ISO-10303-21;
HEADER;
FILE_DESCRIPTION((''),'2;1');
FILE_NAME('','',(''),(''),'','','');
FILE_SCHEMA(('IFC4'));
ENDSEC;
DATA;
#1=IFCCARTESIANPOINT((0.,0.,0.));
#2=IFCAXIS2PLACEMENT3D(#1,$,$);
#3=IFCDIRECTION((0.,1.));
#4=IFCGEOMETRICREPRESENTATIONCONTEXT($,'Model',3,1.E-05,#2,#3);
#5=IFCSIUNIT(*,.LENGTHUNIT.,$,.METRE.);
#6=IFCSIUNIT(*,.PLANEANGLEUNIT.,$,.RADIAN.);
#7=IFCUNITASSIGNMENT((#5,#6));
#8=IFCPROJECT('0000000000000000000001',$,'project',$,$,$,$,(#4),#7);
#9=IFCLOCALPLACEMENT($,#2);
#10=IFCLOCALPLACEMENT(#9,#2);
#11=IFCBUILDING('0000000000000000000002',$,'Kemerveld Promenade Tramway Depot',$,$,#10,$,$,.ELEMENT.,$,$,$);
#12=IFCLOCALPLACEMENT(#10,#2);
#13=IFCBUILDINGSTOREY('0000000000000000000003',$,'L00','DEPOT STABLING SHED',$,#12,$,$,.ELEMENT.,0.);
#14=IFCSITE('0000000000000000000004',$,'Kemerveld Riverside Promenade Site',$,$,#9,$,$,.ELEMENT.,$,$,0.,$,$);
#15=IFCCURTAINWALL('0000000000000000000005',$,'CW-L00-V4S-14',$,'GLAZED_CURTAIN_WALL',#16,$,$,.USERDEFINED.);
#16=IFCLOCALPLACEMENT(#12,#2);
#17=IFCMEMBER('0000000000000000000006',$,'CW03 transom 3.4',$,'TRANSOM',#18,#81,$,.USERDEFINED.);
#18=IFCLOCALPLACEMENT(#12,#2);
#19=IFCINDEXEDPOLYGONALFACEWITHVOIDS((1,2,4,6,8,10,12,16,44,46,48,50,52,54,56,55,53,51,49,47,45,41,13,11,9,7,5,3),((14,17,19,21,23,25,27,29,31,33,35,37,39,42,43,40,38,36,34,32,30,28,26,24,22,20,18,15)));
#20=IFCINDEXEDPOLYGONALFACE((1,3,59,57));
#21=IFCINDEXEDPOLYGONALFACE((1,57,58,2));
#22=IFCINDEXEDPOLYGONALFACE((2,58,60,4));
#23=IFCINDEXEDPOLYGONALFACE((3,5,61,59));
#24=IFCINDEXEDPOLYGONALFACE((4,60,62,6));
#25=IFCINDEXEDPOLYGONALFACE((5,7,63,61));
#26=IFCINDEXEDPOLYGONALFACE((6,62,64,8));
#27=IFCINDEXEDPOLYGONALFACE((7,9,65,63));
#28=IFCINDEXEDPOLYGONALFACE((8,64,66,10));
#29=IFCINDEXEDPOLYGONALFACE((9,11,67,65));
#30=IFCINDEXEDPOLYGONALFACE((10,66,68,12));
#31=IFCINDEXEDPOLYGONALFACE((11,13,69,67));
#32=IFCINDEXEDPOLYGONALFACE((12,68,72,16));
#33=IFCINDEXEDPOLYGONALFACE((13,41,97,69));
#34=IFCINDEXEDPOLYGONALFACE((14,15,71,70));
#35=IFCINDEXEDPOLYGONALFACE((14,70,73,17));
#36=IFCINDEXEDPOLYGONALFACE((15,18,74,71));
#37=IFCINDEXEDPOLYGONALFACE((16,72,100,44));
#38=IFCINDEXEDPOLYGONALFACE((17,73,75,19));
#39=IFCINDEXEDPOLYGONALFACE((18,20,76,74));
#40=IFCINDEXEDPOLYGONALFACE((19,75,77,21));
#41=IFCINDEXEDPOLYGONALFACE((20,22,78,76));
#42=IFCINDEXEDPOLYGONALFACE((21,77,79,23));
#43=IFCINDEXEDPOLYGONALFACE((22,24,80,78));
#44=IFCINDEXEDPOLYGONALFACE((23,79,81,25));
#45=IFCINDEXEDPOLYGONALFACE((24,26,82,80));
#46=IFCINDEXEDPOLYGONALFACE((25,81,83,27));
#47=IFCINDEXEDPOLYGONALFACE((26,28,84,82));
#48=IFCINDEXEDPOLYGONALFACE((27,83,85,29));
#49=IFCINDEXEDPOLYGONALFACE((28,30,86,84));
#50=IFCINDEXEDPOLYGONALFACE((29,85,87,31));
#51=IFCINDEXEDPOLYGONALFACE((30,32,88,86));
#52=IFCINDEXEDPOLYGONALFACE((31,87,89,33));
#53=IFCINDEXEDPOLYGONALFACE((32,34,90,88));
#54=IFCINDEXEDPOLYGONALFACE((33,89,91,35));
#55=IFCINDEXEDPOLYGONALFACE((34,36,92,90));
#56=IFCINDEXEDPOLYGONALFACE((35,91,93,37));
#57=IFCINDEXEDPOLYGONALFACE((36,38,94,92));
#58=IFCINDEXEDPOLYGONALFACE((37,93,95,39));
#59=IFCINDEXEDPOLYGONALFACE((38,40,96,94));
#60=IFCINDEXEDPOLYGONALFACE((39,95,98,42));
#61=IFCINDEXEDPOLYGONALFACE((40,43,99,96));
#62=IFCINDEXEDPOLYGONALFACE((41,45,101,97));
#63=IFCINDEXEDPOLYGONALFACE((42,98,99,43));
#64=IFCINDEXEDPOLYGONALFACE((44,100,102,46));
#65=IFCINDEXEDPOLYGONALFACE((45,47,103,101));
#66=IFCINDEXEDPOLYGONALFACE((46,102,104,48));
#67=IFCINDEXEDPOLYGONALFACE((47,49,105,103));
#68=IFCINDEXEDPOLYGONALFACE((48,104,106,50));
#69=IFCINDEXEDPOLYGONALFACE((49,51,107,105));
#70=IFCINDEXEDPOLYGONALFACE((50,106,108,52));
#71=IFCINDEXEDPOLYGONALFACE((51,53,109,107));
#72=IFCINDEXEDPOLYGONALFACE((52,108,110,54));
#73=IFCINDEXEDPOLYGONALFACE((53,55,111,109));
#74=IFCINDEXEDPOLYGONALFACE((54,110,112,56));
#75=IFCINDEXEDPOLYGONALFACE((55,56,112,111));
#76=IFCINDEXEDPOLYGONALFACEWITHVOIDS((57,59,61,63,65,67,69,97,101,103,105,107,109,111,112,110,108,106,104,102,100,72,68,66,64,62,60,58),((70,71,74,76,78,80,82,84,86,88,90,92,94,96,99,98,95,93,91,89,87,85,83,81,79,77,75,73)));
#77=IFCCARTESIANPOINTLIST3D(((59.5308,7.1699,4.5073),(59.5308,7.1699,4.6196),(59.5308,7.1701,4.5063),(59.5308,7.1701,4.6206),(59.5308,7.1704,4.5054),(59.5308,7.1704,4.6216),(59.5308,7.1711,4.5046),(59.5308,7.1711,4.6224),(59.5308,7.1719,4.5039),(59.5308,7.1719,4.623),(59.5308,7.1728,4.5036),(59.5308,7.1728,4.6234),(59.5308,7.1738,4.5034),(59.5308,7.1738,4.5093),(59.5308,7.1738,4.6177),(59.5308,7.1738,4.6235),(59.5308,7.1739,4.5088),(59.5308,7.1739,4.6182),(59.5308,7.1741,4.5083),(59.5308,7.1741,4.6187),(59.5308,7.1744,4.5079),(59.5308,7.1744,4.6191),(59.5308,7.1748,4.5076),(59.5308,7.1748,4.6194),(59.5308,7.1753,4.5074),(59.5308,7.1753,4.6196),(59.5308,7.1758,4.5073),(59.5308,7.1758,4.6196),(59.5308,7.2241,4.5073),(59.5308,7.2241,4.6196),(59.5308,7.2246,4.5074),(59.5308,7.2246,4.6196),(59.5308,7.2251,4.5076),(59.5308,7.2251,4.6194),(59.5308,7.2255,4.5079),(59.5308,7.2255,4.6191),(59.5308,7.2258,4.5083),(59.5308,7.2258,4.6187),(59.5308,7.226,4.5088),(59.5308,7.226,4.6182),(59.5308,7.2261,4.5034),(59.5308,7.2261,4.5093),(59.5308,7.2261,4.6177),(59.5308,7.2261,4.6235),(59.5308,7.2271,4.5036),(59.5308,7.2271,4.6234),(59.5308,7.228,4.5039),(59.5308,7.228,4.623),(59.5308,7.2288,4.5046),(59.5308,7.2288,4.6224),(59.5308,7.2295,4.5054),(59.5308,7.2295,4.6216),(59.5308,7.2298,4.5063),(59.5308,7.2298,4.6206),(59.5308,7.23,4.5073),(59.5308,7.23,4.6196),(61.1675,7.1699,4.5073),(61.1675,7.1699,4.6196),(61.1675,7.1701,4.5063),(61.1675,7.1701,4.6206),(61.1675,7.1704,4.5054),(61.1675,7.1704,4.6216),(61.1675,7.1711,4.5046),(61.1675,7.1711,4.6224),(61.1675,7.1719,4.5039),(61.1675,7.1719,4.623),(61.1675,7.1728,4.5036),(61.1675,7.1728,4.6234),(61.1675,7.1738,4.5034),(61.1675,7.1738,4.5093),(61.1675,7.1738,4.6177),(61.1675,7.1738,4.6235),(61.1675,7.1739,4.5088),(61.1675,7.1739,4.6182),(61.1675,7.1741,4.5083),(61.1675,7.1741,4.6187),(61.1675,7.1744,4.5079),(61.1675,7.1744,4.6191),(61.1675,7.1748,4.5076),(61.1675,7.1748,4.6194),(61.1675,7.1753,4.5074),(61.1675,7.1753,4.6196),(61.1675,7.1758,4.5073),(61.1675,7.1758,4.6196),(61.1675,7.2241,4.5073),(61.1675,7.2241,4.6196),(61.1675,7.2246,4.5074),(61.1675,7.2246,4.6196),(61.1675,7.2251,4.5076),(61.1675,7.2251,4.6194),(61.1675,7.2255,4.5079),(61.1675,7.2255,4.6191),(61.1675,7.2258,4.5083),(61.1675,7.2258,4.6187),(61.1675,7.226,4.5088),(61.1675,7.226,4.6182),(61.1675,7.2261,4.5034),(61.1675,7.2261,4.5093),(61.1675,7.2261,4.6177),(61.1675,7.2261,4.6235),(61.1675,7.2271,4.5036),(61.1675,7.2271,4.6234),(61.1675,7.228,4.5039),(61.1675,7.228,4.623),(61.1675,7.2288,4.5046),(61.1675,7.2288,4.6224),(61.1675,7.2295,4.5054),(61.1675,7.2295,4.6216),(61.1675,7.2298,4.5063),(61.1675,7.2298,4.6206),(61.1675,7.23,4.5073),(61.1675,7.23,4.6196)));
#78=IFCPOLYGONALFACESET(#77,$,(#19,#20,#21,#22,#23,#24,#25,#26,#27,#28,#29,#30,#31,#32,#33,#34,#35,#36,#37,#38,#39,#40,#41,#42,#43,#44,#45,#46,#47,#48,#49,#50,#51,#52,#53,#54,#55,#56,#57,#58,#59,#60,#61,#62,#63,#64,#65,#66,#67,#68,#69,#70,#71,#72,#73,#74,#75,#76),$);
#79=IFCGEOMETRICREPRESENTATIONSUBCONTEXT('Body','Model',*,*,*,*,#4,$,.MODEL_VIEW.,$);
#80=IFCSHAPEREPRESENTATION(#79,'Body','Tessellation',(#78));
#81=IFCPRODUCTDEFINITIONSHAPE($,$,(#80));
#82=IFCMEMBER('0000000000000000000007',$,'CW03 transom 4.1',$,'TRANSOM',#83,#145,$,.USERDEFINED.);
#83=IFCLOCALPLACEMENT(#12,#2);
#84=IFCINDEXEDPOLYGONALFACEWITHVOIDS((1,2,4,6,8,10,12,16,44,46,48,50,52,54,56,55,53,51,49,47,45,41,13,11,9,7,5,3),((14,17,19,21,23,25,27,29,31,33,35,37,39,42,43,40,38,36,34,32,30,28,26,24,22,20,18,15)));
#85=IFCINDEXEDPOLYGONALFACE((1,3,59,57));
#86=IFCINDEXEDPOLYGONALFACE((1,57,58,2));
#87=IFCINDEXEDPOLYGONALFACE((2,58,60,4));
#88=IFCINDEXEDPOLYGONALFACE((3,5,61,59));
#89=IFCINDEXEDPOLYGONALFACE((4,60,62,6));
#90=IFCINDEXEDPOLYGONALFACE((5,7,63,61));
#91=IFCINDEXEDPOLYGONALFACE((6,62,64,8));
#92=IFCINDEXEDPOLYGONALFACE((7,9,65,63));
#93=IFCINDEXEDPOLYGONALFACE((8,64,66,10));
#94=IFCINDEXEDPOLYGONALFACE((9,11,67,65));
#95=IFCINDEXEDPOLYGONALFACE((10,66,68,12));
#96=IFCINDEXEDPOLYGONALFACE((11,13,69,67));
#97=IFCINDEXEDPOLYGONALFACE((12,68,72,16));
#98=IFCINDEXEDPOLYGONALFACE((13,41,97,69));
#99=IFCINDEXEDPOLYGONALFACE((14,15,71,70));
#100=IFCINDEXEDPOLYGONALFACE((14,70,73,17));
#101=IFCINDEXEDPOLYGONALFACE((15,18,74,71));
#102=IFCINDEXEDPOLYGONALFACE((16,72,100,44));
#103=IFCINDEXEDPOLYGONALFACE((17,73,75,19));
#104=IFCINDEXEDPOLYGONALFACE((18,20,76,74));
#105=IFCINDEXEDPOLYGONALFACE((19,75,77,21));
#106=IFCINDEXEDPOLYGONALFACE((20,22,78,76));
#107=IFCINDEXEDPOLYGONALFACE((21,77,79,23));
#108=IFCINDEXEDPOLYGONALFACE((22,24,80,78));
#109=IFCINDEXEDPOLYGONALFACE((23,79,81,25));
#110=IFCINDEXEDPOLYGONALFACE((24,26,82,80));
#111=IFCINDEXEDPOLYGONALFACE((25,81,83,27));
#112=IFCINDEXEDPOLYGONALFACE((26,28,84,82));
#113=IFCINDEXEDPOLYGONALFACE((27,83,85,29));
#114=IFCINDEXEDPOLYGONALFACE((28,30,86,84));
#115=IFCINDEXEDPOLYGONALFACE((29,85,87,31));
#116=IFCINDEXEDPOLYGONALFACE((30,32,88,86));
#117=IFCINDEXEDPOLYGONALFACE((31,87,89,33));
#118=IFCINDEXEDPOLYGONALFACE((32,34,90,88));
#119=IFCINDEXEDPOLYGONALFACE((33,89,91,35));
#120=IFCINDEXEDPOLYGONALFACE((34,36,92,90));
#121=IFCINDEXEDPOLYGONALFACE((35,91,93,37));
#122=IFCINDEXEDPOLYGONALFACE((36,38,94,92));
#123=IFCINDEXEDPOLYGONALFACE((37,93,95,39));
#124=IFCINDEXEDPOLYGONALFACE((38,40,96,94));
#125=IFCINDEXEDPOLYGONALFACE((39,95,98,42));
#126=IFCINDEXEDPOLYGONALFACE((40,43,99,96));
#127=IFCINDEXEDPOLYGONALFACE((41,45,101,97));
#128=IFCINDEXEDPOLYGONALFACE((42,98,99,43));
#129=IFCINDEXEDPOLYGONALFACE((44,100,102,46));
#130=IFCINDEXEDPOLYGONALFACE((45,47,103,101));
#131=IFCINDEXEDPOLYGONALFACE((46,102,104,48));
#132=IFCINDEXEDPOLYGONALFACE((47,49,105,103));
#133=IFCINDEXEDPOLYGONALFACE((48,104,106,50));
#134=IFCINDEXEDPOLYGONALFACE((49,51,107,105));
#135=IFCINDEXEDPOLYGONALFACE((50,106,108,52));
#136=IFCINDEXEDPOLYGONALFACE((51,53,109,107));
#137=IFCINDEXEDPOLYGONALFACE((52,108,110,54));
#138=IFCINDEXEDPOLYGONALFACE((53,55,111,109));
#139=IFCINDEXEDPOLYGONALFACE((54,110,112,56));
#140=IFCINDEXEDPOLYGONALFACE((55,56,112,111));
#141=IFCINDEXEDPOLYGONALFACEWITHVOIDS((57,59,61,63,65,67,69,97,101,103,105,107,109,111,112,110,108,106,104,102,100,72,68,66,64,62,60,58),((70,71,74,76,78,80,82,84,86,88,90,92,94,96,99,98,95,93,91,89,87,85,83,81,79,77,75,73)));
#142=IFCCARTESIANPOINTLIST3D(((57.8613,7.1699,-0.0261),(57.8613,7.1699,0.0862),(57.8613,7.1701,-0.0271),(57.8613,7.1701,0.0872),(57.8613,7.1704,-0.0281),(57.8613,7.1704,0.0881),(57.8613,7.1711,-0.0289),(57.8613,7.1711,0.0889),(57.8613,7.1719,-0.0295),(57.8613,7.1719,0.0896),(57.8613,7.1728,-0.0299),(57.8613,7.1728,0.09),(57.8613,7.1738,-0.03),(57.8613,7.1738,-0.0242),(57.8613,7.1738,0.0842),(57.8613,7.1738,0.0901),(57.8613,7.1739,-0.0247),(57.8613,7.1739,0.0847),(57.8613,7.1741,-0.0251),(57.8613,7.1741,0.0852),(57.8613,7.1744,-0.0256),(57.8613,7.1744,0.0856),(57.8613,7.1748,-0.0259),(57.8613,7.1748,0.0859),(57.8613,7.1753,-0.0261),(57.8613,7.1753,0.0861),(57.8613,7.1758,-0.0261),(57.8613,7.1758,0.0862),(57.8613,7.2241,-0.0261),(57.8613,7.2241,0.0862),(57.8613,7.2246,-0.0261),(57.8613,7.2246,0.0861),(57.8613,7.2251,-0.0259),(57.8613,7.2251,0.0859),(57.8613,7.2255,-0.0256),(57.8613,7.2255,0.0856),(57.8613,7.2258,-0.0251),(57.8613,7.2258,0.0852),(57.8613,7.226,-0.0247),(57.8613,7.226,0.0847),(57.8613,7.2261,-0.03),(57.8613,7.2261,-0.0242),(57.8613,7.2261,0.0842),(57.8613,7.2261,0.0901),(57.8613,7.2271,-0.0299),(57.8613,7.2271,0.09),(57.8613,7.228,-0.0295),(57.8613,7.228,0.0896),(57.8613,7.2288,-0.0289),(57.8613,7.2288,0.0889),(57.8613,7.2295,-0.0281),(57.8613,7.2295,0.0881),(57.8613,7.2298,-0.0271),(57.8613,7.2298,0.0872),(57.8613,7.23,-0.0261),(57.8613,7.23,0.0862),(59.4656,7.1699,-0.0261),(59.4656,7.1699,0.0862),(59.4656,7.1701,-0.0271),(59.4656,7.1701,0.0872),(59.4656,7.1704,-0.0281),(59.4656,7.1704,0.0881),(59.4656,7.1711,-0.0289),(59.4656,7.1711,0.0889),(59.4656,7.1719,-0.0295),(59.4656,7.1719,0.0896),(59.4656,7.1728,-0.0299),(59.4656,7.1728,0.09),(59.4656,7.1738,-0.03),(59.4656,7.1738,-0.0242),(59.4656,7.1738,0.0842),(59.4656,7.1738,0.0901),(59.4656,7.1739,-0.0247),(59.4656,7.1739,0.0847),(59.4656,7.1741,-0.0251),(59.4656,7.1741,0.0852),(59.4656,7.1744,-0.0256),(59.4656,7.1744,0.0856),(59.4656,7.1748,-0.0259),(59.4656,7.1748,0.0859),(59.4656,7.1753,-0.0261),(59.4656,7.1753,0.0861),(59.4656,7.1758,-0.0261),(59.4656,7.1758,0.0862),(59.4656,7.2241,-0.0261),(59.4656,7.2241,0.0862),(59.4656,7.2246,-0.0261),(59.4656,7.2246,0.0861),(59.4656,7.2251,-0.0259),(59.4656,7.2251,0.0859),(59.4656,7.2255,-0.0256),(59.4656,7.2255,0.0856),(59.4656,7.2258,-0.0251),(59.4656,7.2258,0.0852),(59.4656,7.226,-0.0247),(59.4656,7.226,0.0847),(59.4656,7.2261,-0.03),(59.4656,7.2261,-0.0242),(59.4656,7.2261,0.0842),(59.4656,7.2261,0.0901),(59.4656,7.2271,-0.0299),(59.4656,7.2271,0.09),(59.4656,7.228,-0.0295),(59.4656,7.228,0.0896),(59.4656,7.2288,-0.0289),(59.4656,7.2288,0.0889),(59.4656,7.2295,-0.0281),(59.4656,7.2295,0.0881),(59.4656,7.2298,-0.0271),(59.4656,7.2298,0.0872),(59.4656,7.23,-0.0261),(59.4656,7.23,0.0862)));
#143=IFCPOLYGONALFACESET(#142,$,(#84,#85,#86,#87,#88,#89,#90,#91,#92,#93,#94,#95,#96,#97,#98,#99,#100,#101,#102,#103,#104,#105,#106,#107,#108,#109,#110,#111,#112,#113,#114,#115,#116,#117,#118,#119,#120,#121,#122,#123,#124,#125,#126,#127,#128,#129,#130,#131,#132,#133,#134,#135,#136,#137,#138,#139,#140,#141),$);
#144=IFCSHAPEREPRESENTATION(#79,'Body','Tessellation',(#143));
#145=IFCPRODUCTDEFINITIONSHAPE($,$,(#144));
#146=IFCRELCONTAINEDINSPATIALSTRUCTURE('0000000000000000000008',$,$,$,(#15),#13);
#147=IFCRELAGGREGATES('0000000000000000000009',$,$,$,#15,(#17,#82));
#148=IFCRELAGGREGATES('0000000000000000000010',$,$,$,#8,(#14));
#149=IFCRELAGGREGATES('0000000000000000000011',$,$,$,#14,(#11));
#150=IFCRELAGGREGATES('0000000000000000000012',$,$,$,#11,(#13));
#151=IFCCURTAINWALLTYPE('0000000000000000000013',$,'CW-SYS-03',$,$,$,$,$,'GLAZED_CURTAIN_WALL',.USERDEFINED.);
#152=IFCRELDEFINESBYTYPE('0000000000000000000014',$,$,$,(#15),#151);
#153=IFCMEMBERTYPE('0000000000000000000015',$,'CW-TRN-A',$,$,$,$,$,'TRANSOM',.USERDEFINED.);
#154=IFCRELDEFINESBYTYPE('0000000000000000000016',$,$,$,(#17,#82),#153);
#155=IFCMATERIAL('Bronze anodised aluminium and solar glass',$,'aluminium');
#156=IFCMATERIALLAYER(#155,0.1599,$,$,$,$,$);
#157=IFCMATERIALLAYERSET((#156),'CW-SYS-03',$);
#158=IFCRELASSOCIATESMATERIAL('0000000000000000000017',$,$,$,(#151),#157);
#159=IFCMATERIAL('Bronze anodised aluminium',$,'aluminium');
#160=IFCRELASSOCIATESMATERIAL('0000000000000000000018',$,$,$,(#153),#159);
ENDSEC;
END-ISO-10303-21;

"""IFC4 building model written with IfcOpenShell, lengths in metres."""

from ifc_helpers import new_model, si_unit, direction, frame, origin, origin_2d, place, context, subcontext, project, spatial, hollow_rectangle, extrude, material, layer, layer_set, material_profile, profile_set, type_object, element, aggregate, save


model = new_model("IFC4")

# Units and contexts
model_context = context("Model", 3, precision=1e-05, world=origin(), true_north=direction((0.0, 1.0)))
body_context = subcontext(model_context, "Body", "Model", "MODEL_VIEW")
ifc_project = project(units=[si_unit("LENGTHUNIT", "METRE"), si_unit("PLANEANGLEUNIT", "RADIAN")], contexts=[model_context])

# Site, building, storey
site_placement = place(None, origin())
site = spatial("IfcSite", under=ifc_project, at=site_placement, Name="Kemerveld Riverside Promenade Site", CompositionType="ELEMENT", RefElevation=0.0)
building_placement = place(site_placement, origin())
building = spatial("IfcBuilding", under=site, at=building_placement, Name="Kemerveld Promenade Tramway Depot", CompositionType="ELEMENT")
storey_placement = place(building_placement, origin())
storey = spatial("IfcBuildingStorey", under=building, at=storey_placement, Name="L00", Description="DEPOT STABLING SHED", CompositionType="ELEMENT", Elevation=0.0)

# Curtain wall, members
ifc_material_1 = material(Name="Bronze anodised aluminium and solar glass", Category="aluminium")
ifc_layer_1 = layer(ifc_material_1, 0.1599)
ifc_layer_set_1 = layer_set([ifc_layer_1], Name="CW-SYS-03")
curtain_wall_type = type_object("IfcCurtainWallType", Name="CW-SYS-03", ElementType="GLAZED_CURTAIN_WALL", PredefinedType="USERDEFINED", material=ifc_layer_set_1)
curtain_wall_placement = place(storey_placement, origin())
curtain_wall = element("IfcCurtainWall", 1, at=curtain_wall_placement, inside=storey, type_object=curtain_wall_type, Name="CW-L00-V4S-14", ObjectType="GLAZED_CURTAIN_WALL", PredefinedType="USERDEFINED")
ifc_material_2 = material(Name="Bronze anodised aluminium", Category="aluminium")
ifc_material_profile_1 = material_profile(ifc_material_2, hollow_rectangle(XDim=0.0601, YDim=0.1201, WallThickness=0.0039, InnerFilletRadius=0.002, OuterFilletRadius=0.0039, at=origin_2d()), Name="CW-TRN-120x60")
ifc_profile_set_1 = profile_set([ifc_material_profile_1], Name="Bronze anodised aluminium")
member_type_1 = type_object("IfcMemberType", Name="CW-TRN-A", ElementType="TRANSOM", PredefinedType="USERDEFINED", material=ifc_profile_set_1)
member_1_placement = place(storey_placement, frame((61.1675, 7.2, 4.5635), z_axis=(-1.0, 0.0, 0.0), x_axis=(0.0, -1.0, 0.0)))
member_1 = element("IfcMember", 2, at=member_1_placement, type_object=member_type_1, Name="CW03 transom 3.4", ObjectType="TRANSOM", PredefinedType="USERDEFINED", context=body_context, shape_type="SweptSolid", body=[
    extrude(hollow_rectangle(XDim=0.0601, YDim=0.1201, WallThickness=0.0039, InnerFilletRadius=0.002, OuterFilletRadius=0.0039, at=origin_2d()), origin(), (0.0, 0.0, 1.0), 1.6367),
])
member_2_placement = place(storey_placement, frame((59.4656, 7.2, 0.03), z_axis=(-1.0, 0.0, 0.0), x_axis=(0.0, -1.0, 0.0)))
member_2 = element("IfcMember", 3, at=member_2_placement, type_object=member_type_1, Name="CW03 transom 4.1", ObjectType="TRANSOM", PredefinedType="USERDEFINED", context=body_context, shape_type="SweptSolid", body=[
    extrude(hollow_rectangle(XDim=0.0601, YDim=0.1201, WallThickness=0.0039, InnerFilletRadius=0.002, OuterFilletRadius=0.0039, at=origin_2d()), origin(), (0.0, 0.0, 1.0), 1.6042),
])
aggregate(curtain_wall, [member_1, member_2])

save(model, "model.ifc")
